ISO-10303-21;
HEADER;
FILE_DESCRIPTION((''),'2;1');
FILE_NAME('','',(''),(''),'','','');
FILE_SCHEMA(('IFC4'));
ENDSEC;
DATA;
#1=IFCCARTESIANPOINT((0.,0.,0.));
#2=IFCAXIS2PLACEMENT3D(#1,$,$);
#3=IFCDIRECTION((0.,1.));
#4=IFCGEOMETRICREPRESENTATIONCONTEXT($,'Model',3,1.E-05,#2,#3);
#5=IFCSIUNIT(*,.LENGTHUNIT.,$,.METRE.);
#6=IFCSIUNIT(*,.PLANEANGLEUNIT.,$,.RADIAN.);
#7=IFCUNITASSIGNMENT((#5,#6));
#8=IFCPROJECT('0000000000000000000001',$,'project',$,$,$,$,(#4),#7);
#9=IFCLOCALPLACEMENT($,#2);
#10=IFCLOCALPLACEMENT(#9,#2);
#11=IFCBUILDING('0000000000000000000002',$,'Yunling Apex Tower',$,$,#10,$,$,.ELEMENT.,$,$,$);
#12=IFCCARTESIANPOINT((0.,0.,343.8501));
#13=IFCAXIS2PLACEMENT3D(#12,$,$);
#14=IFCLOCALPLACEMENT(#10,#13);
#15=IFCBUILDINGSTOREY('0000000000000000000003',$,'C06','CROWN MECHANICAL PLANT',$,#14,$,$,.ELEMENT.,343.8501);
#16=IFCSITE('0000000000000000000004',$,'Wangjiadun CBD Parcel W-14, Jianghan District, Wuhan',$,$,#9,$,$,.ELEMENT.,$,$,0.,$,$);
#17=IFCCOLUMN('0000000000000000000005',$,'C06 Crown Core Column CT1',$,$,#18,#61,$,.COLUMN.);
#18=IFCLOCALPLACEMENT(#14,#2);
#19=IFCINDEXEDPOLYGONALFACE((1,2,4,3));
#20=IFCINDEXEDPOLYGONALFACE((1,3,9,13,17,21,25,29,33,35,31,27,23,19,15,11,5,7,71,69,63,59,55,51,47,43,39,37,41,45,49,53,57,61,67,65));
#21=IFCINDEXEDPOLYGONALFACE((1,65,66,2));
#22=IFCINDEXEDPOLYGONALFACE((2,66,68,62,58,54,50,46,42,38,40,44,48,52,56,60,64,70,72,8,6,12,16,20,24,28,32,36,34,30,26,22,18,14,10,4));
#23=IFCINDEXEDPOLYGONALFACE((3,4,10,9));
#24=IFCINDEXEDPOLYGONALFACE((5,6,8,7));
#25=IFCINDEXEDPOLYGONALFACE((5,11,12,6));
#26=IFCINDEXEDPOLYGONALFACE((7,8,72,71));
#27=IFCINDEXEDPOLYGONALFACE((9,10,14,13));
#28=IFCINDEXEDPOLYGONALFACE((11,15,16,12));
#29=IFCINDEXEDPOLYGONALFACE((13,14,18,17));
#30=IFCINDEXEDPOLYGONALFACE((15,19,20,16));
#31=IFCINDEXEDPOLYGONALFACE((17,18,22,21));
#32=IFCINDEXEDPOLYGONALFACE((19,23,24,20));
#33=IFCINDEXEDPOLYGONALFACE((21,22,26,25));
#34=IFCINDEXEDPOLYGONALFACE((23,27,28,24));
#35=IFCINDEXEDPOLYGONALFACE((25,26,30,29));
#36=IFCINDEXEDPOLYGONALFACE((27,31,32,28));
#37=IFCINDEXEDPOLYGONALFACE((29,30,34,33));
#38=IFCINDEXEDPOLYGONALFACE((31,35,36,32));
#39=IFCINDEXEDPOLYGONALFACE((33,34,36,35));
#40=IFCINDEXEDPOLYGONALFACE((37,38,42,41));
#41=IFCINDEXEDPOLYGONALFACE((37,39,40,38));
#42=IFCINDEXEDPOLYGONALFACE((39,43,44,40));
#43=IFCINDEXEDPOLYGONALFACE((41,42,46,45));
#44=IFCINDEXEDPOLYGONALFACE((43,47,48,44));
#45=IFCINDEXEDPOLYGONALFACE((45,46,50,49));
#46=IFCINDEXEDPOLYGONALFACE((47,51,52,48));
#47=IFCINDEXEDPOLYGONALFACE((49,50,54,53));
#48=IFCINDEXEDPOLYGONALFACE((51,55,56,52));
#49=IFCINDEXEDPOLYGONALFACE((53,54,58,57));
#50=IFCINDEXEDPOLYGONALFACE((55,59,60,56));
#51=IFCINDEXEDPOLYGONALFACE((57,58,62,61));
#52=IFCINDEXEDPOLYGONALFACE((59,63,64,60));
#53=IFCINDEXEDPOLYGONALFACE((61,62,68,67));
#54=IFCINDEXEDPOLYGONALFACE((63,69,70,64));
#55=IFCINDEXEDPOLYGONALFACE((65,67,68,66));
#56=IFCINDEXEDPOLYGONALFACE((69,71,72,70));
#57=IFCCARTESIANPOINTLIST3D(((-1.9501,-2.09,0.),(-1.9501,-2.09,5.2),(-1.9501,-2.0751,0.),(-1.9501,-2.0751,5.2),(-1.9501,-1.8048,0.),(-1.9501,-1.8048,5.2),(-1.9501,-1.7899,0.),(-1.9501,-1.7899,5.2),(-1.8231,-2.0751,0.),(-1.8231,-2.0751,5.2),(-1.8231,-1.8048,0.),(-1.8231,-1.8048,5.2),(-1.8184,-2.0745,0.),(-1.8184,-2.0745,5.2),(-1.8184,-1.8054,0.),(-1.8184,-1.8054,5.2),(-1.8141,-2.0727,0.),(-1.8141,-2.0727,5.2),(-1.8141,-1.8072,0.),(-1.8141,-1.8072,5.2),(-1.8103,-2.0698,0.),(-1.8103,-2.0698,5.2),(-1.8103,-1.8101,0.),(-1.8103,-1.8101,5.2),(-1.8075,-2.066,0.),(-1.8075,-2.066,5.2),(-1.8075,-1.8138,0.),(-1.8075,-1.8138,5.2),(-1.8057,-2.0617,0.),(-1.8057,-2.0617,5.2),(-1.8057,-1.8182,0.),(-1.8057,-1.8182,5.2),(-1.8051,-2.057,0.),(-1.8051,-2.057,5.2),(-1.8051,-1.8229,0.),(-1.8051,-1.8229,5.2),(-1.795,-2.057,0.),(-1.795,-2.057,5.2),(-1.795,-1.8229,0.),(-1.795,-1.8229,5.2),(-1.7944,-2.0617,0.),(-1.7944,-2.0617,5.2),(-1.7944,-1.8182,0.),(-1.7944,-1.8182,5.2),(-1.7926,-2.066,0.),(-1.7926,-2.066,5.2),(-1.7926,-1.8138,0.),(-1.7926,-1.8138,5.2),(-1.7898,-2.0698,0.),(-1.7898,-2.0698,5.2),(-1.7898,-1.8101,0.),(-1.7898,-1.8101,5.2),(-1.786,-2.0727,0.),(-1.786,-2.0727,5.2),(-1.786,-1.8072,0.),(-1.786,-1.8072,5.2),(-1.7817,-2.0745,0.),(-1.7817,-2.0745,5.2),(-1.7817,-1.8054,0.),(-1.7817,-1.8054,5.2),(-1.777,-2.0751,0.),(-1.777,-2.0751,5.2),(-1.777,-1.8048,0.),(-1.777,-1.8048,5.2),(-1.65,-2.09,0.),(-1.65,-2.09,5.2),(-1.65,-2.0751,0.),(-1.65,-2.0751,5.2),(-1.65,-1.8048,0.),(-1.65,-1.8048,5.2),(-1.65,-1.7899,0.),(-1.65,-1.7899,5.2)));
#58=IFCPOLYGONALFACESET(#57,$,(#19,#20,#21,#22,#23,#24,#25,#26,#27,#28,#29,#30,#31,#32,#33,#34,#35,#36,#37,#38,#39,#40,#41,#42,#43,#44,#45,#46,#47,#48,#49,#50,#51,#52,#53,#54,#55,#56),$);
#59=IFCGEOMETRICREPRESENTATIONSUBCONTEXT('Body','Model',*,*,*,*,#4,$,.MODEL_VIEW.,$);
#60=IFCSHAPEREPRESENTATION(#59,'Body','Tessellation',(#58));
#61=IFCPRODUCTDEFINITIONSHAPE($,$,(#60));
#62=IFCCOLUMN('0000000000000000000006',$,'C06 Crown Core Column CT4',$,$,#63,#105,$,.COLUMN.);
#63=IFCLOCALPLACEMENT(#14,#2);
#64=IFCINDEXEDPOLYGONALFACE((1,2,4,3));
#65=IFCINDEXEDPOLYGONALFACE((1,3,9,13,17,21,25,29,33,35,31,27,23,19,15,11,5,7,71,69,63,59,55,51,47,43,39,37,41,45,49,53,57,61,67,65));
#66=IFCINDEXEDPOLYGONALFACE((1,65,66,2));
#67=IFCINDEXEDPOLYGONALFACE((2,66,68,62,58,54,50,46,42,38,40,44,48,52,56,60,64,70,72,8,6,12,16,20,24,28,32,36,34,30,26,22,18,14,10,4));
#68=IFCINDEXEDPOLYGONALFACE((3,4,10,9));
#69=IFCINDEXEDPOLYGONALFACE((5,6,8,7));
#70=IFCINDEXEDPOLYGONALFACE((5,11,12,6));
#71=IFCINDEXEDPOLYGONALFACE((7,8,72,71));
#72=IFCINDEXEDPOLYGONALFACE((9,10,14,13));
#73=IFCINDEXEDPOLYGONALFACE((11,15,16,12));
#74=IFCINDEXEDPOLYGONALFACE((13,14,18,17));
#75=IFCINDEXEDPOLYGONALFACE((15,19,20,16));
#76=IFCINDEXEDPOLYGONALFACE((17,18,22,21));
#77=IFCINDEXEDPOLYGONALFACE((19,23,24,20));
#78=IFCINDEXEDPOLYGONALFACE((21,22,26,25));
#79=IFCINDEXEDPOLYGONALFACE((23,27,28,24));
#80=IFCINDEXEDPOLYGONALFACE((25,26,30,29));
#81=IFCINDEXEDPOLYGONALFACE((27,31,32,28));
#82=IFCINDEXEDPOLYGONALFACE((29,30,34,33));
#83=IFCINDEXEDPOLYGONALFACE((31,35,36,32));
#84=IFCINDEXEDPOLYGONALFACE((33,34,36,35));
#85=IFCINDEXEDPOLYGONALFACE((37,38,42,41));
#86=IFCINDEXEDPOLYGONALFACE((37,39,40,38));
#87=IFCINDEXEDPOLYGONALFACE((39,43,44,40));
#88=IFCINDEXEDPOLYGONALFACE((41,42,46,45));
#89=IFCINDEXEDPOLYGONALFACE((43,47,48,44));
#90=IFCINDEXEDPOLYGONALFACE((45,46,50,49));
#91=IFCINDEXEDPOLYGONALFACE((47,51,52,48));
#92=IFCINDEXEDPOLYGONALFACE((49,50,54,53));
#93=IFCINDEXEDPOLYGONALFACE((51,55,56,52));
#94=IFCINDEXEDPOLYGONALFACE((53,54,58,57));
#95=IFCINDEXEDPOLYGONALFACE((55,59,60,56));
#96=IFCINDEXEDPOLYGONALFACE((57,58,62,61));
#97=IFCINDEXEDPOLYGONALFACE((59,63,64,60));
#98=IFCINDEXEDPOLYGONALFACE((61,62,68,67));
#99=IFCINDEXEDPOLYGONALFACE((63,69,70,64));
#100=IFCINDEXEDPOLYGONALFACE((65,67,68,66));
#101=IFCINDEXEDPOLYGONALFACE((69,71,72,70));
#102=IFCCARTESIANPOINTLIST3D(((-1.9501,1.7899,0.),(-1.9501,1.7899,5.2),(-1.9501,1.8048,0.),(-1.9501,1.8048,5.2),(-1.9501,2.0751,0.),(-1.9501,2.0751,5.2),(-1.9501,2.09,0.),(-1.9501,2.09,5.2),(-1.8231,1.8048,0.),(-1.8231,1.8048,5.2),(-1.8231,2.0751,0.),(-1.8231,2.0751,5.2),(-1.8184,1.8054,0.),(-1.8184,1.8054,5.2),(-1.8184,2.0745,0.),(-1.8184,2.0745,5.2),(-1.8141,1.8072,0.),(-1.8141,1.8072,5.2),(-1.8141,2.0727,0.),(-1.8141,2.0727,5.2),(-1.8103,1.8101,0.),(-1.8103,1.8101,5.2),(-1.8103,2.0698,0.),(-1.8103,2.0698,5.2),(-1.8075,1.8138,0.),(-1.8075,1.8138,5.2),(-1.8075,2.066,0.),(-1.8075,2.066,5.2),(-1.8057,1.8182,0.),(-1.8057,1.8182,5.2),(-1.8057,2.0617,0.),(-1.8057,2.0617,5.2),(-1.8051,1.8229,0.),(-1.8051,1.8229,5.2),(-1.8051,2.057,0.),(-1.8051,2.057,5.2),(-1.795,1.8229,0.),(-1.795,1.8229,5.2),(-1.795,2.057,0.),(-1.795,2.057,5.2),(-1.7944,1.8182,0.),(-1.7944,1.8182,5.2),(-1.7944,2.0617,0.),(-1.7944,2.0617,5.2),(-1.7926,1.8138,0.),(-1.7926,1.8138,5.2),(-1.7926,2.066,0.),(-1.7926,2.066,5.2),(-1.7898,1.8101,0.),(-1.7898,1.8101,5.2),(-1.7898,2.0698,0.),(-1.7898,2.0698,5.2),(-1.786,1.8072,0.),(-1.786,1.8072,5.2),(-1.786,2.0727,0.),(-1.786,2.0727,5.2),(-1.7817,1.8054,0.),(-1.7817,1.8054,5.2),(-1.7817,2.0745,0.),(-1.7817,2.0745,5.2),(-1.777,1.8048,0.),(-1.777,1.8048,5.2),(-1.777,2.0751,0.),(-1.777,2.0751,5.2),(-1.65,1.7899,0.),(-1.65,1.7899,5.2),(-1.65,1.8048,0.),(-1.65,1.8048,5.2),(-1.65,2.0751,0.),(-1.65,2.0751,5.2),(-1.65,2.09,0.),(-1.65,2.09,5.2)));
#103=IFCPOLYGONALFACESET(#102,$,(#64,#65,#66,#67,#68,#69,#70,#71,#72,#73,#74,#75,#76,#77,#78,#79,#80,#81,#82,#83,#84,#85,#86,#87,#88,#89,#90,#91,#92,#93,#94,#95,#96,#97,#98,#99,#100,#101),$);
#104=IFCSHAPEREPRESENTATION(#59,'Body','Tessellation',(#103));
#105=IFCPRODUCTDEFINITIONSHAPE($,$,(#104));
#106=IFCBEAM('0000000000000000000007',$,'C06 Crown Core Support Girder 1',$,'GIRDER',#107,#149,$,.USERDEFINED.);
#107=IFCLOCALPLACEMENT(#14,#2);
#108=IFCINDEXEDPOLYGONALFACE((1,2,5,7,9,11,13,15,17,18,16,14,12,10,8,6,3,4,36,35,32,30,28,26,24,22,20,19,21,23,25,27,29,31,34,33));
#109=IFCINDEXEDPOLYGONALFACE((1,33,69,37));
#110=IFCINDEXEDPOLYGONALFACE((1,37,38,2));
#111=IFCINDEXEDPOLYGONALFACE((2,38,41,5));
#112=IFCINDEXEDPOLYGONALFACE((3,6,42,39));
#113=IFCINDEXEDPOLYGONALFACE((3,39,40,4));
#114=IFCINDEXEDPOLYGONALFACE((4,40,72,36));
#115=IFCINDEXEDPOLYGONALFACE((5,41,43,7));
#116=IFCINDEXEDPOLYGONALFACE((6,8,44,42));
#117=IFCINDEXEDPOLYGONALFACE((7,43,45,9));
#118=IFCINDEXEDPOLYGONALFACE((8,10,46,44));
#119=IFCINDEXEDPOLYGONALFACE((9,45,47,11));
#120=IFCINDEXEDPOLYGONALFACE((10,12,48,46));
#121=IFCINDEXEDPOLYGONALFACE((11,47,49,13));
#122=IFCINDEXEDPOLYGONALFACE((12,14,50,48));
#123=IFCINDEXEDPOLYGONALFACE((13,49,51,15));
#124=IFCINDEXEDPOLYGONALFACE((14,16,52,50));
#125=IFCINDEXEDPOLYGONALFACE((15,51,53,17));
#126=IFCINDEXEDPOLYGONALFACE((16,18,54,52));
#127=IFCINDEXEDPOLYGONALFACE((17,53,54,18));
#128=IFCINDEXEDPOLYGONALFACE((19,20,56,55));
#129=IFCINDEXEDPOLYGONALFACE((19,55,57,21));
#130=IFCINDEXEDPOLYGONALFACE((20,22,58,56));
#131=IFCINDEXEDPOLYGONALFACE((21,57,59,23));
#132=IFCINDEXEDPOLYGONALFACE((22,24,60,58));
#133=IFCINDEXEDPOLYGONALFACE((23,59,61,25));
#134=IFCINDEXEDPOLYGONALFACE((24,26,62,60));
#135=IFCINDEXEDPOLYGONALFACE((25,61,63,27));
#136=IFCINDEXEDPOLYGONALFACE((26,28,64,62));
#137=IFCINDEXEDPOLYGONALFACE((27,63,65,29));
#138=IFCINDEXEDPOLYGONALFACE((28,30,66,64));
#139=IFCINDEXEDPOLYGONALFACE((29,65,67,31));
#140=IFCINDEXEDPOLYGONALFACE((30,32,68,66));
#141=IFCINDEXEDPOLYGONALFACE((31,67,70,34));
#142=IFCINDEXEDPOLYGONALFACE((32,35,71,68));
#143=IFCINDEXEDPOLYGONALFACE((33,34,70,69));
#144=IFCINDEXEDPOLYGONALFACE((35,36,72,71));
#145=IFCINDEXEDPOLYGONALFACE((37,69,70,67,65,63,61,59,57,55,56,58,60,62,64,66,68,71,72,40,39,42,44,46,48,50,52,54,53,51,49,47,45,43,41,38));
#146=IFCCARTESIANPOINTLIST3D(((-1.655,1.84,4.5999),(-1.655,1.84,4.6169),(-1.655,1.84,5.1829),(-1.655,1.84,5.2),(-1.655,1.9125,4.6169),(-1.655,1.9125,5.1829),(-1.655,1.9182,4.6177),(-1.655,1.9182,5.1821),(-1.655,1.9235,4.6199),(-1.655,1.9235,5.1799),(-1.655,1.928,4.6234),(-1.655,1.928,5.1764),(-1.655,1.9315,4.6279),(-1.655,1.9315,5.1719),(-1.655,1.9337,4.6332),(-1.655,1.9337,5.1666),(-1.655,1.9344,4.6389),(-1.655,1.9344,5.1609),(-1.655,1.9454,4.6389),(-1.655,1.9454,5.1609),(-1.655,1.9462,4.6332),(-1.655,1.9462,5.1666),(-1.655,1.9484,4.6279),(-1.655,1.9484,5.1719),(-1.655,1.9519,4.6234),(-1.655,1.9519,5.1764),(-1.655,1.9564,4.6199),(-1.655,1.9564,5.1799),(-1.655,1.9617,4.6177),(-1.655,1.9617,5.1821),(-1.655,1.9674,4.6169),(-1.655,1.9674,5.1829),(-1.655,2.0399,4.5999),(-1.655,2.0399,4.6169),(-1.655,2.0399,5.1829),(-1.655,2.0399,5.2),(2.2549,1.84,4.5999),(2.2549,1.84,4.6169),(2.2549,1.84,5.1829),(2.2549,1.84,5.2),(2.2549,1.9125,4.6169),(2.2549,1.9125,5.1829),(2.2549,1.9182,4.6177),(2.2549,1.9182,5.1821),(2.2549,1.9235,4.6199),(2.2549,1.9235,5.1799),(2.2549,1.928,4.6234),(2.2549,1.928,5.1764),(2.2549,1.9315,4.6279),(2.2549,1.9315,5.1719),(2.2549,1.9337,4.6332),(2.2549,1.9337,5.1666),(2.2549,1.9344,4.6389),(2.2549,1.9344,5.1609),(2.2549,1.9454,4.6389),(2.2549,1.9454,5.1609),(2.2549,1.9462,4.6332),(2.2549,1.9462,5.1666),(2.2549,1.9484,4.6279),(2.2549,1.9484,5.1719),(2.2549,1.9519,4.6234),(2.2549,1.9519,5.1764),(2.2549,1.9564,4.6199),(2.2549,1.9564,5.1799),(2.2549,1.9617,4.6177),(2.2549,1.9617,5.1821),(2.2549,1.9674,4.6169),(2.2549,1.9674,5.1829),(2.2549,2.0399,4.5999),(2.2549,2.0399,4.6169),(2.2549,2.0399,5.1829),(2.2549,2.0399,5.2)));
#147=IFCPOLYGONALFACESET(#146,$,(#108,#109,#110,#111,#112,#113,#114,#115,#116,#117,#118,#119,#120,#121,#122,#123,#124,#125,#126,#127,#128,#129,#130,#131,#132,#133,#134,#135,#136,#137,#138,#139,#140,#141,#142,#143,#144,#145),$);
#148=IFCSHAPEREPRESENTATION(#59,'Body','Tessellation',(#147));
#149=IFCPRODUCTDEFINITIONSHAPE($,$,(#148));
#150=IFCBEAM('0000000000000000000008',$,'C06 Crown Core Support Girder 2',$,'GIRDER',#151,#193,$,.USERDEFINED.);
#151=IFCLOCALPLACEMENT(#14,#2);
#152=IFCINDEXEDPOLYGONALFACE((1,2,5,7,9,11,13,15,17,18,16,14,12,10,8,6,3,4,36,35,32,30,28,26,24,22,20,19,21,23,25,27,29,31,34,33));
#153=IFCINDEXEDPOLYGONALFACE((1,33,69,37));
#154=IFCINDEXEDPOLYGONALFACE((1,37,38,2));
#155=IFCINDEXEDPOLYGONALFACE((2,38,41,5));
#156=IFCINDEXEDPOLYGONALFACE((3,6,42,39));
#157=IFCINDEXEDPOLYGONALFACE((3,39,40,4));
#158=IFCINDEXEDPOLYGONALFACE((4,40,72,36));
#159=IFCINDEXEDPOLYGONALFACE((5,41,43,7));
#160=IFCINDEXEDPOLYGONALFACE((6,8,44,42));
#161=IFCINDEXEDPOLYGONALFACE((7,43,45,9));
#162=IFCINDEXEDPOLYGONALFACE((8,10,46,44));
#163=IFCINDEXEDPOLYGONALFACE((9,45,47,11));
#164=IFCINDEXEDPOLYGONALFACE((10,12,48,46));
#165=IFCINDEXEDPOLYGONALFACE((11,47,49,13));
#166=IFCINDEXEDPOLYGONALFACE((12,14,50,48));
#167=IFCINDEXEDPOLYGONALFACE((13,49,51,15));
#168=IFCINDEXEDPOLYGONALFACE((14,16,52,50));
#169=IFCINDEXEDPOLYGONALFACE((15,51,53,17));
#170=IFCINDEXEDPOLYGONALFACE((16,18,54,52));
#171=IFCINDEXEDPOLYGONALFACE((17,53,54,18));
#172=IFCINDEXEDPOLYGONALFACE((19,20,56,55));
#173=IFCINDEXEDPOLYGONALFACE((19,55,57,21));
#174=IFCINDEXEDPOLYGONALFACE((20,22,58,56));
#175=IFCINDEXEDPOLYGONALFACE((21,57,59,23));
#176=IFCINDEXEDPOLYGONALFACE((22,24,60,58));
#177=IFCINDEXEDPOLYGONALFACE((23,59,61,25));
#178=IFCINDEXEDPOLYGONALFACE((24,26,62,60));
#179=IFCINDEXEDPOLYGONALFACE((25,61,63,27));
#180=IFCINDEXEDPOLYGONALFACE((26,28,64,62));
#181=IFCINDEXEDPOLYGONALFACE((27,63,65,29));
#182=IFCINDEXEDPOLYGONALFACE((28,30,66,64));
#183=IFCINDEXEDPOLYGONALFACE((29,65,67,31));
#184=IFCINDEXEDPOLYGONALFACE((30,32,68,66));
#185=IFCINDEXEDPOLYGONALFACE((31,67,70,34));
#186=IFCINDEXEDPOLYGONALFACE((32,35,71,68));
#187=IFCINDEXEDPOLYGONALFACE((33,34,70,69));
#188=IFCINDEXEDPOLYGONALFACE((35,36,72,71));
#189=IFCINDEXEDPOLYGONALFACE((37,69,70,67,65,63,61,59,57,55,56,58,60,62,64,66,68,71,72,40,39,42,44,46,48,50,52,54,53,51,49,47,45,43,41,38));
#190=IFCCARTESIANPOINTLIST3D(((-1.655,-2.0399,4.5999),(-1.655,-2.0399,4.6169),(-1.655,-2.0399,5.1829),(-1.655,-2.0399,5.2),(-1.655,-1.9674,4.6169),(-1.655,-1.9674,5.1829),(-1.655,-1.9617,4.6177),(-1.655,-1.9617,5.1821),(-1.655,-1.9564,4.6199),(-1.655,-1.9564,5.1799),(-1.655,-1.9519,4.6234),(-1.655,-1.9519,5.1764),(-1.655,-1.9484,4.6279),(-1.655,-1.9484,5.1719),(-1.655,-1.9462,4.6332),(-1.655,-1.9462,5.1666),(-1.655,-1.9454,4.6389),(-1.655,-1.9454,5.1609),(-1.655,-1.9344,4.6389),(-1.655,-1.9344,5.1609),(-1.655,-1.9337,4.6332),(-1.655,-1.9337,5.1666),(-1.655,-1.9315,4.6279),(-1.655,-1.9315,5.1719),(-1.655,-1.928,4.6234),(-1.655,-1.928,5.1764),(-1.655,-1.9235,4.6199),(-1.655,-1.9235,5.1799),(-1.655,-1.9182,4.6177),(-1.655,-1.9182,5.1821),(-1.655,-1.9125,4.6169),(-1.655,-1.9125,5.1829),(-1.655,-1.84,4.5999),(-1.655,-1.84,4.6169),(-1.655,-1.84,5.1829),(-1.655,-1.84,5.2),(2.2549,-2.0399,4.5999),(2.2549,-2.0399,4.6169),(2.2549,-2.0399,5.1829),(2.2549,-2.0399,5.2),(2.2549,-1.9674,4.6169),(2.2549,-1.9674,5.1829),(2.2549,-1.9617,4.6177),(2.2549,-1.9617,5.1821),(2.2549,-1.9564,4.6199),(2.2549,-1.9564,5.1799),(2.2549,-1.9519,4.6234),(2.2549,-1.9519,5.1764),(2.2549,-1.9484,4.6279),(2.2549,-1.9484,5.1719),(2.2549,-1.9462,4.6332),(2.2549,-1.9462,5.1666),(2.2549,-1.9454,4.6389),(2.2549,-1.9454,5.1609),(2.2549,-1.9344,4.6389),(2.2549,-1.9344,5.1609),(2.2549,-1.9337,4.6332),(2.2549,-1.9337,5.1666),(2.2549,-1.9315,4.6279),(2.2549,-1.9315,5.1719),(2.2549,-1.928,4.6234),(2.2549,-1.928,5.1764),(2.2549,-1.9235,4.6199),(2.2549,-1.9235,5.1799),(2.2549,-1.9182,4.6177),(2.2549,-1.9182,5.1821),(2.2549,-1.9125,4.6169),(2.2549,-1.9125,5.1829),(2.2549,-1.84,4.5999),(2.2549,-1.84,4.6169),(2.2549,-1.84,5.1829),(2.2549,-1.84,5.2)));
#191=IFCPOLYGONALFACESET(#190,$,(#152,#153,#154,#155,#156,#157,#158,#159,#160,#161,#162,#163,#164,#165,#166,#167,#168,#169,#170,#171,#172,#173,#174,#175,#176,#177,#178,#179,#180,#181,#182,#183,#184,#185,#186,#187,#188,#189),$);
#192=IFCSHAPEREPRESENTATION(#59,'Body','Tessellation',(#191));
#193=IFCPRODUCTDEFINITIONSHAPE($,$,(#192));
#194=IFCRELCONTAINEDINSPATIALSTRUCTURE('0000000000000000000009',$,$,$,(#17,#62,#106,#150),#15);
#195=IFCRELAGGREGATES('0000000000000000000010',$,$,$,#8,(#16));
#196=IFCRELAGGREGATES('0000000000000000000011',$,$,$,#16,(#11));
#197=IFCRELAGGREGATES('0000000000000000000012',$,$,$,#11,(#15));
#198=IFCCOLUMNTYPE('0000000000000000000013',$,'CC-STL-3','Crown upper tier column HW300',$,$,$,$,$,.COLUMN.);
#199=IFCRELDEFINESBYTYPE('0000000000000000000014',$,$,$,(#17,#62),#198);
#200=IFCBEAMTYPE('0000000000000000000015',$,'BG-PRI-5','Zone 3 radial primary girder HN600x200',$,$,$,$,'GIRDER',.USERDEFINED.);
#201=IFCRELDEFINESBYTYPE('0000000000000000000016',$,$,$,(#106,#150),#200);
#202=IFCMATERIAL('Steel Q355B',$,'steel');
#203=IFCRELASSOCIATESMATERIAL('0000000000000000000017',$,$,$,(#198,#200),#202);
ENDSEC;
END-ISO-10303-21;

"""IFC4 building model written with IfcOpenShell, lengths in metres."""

from ifc_helpers import new_model, si_unit, direction, frame, origin, origin_2d, place, context, subcontext, project, spatial, i_section, extrude, source, transform, mapped, material, material_profile, profile_set, type_object, element, save


model = new_model("IFC4")

# Units and contexts
model_context = context("Model", 3, precision=1e-05, world=origin(), true_north=direction((0.0, 1.0)))
body_context = subcontext(model_context, "Body", "Model", "MODEL_VIEW")
ifc_project = project(units=[si_unit("LENGTHUNIT", "METRE"), si_unit("PLANEANGLEUNIT", "RADIAN")], contexts=[model_context])

# Site, building, storey
site_placement = place(None, origin())
site = spatial("IfcSite", under=ifc_project, at=site_placement, Name="Wangjiadun CBD Parcel W-14, Jianghan District, Wuhan", CompositionType="ELEMENT", RefElevation=0.0)
building_placement = place(site_placement, origin())
building = spatial("IfcBuilding", under=site, at=building_placement, Name="Yunling Apex Tower", CompositionType="ELEMENT")
storey_placement = place(building_placement, frame((0.0, 0.0, 343.8501)))
storey = spatial("IfcBuildingStorey", under=building, at=storey_placement, Name="C06", Description="CROWN MECHANICAL PLANT", CompositionType="ELEMENT", Elevation=343.8501)

# Columns
ifc_material_1 = material(Name="Steel Q355B", Category="steel")
ifc_material_profile_1 = material_profile(ifc_material_1, i_section(OverallWidth=0.3, OverallDepth=0.3, WebThickness=0.01, FlangeThickness=0.0149, FilletRadius=0.0181, at=origin_2d()))
ifc_profile_set_1 = profile_set([ifc_material_profile_1], Name="Steel Q355B")
column_type = type_object("IfcColumnType", Name="CC-STL-3", Description="Crown upper tier column HW300", PredefinedType="COLUMN", material=ifc_profile_set_1)
shared_shape_1 = source(origin(), body_context, "Body", "SweptSolid", [
    extrude(i_section(OverallWidth=0.3, OverallDepth=0.3, WebThickness=0.01, FlangeThickness=0.0149, FilletRadius=0.0181, at=origin_2d()), origin(), (0.0, 0.0, 1.0), 5.2),
])
for number, where, z_axis, x_axis, name in (
    (1, (-1.8, -1.9399, 0.0), (0.0, 0.0, 1.0), (1.0, 0.0, 0.0), "C06 Crown Core Column CT1"),
    (2, (-1.8, 1.9399, 0.0), (0.0, 0.0, 1.0), (1.0, 0.0, 0.0), "C06 Crown Core Column CT4"),
):
    element("IfcColumn", number, at=place(storey_placement, frame(where, z_axis=z_axis, x_axis=x_axis)), inside=storey, type_object=column_type, Name=name, PredefinedType="COLUMN", context=body_context, shape_type="MappedRepresentation", body=[
        mapped(shared_shape_1, transform((0.0, 0.0, 0.0), scale=1.0)),
    ])

# Beams
ifc_material_profile_2 = material_profile(ifc_material_1, i_section(OverallWidth=0.2, OverallDepth=0.6001, WebThickness=0.011, FlangeThickness=0.0171, FilletRadius=0.022, at=origin_2d()))
ifc_profile_set_2 = profile_set([ifc_material_profile_2], Name="Steel Q355B")
beam_type = type_object("IfcBeamType", Name="BG-PRI-5", Description="Zone 3 radial primary girder HN600x200", ElementType="GIRDER", PredefinedType="USERDEFINED", material=ifc_profile_set_2)
shared_shape_2 = source(origin(), body_context, "Body", "SweptSolid", [
    extrude(i_section(OverallWidth=0.2, OverallDepth=0.6001, WebThickness=0.011, FlangeThickness=0.0171, FilletRadius=0.022, at=origin_2d()), origin(), (0.0, 0.0, 1.0), 3.9099),
])
for number, where, z_axis, x_axis, name in (
    (3, (-1.655, 1.9399, 4.8999), (1.0, 0.0, 0.0), (0.0, 1.0, 0.0), "C06 Crown Core Support Girder 1"),
    (4, (-1.655, -1.9399, 4.8999), (1.0, 0.0, 0.0), (0.0, 1.0, 0.0), "C06 Crown Core Support Girder 2"),
):
    element("IfcBeam", number, at=place(storey_placement, frame(where, z_axis=z_axis, x_axis=x_axis)), inside=storey, type_object=beam_type, Name=name, ObjectType="GIRDER", PredefinedType="USERDEFINED", context=body_context, shape_type="MappedRepresentation", body=[
        mapped(shared_shape_2, transform((0.0, 0.0, 0.0), scale=1.0)),
    ])

save(model, "model.ifc")
